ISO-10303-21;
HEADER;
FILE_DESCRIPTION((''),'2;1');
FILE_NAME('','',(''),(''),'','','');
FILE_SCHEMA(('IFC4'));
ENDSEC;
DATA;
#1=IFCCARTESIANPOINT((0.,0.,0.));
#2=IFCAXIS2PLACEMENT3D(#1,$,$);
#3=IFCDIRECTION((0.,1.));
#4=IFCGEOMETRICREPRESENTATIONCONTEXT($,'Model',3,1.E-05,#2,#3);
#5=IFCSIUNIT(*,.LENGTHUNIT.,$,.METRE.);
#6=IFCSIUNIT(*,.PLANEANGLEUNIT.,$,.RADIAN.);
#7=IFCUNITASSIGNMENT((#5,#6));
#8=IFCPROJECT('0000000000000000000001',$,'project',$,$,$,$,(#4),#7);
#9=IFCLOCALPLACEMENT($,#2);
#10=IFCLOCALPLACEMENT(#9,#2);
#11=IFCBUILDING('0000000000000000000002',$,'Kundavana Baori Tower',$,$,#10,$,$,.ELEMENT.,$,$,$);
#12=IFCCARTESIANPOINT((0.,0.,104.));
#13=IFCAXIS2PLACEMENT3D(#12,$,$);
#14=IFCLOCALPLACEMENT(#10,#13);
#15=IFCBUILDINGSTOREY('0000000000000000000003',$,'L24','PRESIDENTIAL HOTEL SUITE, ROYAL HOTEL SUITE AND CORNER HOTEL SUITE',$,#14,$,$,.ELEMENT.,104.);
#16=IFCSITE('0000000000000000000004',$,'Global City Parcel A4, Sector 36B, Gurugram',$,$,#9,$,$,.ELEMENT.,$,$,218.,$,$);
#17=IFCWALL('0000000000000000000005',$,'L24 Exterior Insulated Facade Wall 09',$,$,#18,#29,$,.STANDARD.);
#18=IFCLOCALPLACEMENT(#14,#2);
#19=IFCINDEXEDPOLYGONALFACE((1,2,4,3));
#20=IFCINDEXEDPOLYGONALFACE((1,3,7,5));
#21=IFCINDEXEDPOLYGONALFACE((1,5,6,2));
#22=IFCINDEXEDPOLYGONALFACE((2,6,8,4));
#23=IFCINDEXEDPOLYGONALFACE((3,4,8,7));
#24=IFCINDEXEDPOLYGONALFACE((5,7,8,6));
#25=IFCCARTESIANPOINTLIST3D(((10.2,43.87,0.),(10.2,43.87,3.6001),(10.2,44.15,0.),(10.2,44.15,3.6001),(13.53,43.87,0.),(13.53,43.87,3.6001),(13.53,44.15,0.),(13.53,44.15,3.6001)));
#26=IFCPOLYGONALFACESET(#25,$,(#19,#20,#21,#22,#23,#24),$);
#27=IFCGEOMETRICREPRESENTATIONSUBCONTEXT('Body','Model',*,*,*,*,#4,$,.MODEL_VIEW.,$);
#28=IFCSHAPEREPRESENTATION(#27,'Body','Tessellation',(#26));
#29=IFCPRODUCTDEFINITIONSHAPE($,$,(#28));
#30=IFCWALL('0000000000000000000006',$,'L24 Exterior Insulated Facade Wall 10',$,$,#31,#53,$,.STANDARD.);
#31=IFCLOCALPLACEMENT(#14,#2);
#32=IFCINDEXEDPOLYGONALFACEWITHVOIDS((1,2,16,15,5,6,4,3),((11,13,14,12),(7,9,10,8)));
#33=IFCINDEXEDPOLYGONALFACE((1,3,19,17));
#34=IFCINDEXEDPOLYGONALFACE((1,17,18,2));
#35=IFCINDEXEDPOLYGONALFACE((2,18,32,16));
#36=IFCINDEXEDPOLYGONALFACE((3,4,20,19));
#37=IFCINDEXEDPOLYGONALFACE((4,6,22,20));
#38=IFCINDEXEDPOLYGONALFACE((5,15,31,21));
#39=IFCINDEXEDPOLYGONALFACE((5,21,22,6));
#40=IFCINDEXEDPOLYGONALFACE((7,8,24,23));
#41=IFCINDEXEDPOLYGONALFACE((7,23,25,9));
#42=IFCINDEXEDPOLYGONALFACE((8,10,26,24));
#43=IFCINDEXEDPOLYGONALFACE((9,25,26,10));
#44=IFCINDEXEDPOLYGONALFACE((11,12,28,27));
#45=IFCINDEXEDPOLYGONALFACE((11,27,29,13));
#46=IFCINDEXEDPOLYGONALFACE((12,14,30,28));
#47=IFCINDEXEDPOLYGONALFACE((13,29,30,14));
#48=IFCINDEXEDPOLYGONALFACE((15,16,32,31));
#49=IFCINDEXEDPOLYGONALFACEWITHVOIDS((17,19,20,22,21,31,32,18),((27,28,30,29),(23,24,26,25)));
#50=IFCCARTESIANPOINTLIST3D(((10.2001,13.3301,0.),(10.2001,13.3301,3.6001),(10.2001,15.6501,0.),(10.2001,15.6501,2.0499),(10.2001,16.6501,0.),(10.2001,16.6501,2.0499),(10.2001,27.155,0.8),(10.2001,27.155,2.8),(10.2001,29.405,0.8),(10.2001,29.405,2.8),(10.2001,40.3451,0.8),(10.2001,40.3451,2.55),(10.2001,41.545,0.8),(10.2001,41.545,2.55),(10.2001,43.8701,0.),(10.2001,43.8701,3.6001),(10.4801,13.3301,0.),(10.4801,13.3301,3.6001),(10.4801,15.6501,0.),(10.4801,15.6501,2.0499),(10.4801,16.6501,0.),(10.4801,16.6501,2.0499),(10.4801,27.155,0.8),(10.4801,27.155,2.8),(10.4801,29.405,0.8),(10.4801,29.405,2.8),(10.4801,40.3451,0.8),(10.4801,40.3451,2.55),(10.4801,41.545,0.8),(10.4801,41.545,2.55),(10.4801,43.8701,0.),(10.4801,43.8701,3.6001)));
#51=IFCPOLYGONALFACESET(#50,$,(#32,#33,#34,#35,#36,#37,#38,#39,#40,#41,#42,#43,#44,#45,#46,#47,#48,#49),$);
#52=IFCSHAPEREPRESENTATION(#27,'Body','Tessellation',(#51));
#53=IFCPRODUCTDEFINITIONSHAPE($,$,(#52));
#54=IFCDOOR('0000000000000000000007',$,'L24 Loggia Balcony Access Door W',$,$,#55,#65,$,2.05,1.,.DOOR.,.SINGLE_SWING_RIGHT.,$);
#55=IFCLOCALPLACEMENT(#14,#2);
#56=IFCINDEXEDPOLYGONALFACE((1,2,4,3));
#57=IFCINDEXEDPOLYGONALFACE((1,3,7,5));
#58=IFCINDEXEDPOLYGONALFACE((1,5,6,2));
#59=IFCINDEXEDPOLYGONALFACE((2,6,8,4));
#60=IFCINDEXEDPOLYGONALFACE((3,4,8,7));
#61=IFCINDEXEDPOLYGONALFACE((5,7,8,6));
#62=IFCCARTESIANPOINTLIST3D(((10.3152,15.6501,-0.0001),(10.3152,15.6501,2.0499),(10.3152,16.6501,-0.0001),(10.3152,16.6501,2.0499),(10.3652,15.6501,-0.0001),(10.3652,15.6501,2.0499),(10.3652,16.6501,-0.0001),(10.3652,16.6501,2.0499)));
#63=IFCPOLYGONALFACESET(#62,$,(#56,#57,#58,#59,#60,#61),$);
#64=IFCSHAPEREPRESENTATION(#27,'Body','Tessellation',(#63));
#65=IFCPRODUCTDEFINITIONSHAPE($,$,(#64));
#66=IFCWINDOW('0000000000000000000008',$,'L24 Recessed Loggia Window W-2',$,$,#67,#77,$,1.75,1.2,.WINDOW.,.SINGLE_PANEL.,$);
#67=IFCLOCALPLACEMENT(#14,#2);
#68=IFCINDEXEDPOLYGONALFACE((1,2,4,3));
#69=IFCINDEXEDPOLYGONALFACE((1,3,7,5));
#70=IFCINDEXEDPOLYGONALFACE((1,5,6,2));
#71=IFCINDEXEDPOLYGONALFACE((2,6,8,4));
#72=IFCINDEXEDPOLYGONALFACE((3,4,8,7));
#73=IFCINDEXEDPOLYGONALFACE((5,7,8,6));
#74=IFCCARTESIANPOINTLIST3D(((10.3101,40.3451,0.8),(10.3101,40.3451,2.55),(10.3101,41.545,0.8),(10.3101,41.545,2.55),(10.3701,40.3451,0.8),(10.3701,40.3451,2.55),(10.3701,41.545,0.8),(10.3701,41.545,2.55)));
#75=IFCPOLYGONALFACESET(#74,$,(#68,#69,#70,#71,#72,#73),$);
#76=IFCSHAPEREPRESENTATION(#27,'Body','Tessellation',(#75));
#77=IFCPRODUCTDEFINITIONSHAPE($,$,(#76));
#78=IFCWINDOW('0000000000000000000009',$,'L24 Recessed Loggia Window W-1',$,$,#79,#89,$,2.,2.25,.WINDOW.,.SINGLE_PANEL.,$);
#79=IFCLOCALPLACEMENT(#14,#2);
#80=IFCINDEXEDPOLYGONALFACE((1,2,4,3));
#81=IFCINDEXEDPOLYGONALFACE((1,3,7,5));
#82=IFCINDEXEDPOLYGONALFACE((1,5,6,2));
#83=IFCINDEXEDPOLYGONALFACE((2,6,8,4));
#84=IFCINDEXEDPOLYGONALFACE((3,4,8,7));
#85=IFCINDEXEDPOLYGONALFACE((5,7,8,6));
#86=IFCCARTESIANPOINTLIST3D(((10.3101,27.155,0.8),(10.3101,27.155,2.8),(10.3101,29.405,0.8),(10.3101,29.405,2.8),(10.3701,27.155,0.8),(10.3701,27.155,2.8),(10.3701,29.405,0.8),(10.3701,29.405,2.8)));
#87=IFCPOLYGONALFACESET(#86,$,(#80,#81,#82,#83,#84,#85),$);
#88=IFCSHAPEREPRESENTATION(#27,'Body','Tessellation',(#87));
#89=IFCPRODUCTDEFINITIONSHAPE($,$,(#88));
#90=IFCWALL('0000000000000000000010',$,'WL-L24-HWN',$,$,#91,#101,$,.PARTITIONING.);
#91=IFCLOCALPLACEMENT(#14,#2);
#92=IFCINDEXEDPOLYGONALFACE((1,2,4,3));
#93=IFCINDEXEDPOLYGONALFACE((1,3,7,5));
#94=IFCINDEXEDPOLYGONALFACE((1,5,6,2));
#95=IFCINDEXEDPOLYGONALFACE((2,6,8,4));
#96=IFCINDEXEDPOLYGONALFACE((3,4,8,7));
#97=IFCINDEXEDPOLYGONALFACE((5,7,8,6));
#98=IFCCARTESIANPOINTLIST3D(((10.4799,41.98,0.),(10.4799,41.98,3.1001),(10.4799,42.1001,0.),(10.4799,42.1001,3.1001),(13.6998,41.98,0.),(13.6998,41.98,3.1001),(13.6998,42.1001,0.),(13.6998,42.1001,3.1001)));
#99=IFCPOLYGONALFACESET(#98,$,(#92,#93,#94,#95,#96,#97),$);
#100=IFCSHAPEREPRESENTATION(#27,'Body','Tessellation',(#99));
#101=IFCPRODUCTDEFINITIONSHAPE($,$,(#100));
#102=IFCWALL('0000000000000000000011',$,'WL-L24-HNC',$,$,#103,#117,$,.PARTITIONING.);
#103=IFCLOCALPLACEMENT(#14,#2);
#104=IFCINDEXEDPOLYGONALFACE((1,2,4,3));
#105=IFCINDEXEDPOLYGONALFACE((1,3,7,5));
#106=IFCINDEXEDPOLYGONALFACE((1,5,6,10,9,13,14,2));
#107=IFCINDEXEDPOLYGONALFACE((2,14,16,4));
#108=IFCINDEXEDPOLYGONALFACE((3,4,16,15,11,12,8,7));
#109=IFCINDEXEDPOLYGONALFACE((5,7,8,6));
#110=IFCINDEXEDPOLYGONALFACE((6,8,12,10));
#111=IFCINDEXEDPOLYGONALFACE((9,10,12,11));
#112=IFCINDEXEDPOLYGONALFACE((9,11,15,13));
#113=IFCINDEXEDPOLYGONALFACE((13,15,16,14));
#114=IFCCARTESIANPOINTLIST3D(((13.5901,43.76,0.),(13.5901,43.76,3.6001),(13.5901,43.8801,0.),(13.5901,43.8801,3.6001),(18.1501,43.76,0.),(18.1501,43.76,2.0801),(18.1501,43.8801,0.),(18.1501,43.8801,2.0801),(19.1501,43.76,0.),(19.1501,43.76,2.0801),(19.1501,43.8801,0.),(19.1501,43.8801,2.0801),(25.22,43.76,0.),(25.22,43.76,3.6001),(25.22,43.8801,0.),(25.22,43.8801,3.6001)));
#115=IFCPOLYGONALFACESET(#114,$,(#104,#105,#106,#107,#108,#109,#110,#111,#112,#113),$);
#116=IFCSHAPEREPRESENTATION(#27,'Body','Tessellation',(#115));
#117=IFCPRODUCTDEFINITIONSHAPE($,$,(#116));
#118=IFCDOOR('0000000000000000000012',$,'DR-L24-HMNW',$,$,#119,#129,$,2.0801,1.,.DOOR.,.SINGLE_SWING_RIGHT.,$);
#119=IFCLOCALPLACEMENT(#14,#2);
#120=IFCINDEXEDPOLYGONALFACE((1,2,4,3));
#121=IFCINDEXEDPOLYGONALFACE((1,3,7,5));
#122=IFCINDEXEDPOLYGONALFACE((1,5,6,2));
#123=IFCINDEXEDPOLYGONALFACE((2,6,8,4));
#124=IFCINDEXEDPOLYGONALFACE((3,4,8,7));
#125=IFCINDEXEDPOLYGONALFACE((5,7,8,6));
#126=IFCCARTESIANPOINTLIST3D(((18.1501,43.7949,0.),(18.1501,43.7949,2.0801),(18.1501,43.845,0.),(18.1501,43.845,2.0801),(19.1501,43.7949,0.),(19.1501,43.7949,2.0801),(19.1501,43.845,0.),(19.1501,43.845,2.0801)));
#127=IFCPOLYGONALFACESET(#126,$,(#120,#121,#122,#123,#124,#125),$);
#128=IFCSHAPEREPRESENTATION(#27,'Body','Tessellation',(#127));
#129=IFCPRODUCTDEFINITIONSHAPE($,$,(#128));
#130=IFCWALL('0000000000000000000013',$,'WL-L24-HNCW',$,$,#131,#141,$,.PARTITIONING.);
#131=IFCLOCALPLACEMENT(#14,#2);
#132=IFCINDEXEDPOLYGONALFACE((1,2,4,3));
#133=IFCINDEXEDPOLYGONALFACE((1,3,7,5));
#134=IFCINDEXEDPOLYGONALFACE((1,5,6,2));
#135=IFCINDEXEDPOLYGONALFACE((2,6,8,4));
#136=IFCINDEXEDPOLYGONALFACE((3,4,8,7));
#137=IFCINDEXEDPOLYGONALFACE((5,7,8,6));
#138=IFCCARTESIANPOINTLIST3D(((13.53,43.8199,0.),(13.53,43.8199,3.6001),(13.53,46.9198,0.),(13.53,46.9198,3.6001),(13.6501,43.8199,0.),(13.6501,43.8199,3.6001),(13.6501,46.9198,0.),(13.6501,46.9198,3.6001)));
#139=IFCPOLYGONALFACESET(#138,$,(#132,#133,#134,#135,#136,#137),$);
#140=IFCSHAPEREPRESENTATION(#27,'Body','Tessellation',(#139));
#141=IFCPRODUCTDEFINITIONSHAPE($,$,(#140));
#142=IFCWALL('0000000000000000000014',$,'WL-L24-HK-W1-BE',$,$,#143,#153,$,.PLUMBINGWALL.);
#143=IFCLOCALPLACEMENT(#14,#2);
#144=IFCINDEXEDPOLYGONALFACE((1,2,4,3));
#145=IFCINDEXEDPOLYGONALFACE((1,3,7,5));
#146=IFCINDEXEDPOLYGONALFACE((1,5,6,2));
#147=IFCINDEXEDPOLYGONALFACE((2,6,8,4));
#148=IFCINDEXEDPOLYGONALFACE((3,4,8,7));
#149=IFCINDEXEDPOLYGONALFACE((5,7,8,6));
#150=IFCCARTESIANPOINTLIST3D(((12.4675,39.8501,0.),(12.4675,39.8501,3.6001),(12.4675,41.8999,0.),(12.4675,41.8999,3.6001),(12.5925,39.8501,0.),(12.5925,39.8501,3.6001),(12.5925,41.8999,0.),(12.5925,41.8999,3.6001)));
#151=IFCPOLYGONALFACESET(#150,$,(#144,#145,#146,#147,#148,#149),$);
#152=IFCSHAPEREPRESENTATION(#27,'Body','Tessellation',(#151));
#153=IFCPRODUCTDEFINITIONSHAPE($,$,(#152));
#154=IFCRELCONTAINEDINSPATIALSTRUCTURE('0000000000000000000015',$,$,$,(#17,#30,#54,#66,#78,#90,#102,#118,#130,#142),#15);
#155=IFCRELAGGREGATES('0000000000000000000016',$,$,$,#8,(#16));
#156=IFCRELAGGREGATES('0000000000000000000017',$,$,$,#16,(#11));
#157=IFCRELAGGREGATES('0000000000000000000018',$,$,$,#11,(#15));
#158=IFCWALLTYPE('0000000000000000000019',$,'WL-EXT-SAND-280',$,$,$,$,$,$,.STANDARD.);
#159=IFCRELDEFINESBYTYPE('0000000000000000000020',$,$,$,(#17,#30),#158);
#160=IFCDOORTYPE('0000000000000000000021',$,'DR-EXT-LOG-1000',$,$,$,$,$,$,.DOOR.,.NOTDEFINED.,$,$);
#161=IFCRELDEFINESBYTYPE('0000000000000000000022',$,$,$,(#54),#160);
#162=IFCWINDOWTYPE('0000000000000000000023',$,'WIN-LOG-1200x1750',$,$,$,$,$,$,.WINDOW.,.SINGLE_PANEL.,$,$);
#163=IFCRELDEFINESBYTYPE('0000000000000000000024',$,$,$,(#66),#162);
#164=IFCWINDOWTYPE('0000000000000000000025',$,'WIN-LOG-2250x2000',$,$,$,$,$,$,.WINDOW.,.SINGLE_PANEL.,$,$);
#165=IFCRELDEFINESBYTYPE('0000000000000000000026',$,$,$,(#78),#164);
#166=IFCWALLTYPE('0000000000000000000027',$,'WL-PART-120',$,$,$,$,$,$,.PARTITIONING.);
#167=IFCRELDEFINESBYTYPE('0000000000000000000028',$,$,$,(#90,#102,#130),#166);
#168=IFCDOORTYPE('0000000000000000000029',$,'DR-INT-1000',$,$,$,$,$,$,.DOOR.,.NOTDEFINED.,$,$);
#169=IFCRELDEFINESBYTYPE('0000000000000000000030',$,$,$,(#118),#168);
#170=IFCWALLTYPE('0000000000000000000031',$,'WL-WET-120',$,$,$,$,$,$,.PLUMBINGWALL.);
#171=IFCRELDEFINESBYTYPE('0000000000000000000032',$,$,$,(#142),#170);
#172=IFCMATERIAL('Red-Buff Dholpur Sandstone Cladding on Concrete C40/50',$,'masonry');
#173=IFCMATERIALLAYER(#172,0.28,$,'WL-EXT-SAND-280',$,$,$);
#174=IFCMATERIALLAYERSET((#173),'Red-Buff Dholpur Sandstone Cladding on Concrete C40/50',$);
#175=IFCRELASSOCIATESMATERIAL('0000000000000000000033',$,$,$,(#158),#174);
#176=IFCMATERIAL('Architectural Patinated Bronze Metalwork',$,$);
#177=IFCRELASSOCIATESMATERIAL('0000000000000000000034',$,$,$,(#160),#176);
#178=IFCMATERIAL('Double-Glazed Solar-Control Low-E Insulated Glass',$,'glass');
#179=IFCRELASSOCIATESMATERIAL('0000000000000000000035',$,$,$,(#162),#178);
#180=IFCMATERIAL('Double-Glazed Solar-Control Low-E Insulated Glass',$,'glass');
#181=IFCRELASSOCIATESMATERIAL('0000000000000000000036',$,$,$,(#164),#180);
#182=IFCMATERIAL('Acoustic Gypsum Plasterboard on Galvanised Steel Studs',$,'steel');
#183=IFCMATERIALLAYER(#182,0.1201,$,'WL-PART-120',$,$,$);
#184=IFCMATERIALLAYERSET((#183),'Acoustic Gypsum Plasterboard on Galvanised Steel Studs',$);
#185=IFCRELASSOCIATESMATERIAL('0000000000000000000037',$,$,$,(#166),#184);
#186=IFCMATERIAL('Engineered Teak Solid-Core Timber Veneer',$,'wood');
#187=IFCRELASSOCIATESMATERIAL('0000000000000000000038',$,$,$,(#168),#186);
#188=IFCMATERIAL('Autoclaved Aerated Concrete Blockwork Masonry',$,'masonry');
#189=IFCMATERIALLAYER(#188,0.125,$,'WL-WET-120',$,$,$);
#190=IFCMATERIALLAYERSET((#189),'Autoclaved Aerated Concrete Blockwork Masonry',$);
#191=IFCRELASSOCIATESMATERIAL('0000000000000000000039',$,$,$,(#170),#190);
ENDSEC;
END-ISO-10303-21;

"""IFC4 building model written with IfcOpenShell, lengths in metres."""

from ifc_helpers import new_model, si_unit, direction, frame, frame_2d, origin, place, context, subcontext, project, spatial, rectangle, extrude, material, layer, layer_set, type_object, element, fill, save


model = new_model("IFC4")

# Units and contexts
model_context = context("Model", 3, precision=1e-05, world=origin(), true_north=direction((0.0, 1.0)))
body_context = subcontext(model_context, "Body", "Model", "MODEL_VIEW")
ifc_project = project(units=[si_unit("LENGTHUNIT", "METRE"), si_unit("PLANEANGLEUNIT", "RADIAN")], contexts=[model_context])

# Site, building, storey
site_placement = place(None, origin())
site = spatial("IfcSite", under=ifc_project, at=site_placement, Name="Global City Parcel A4, Sector 36B, Gurugram", CompositionType="ELEMENT", RefElevation=218.0)
building_placement = place(site_placement, origin())
building = spatial("IfcBuilding", under=site, at=building_placement, Name="Kundavana Baori Tower", CompositionType="ELEMENT")
storey_placement = place(building_placement, frame((0.0, 0.0, 104.0)))
storey = spatial("IfcBuildingStorey", under=building, at=storey_placement, Name="L24", Description="PRESIDENTIAL HOTEL SUITE, ROYAL HOTEL SUITE AND CORNER HOTEL SUITE", CompositionType="ELEMENT", Elevation=104.0)

# Wall
ifc_material_1 = material(Name="Red-Buff Dholpur Sandstone Cladding on Concrete C40/50", Category="masonry")
ifc_layer_1 = layer(ifc_material_1, 0.28, Name="WL-EXT-SAND-280")
ifc_layer_set_1 = layer_set([ifc_layer_1], Name="Red-Buff Dholpur Sandstone Cladding on Concrete C40/50")
wall_type_1 = type_object("IfcWallType", Name="WL-EXT-SAND-280", PredefinedType="STANDARD", material=ifc_layer_set_1)
wall_1_placement = place(storey_placement, frame((13.53, 44.01, 0.0), z_axis=(0.0, 0.0, 1.0), x_axis=(-1.0, 0.0, 0.0)))
element("IfcWall", 1, at=wall_1_placement, inside=storey, type_object=wall_type_1, Name="L24 Exterior Insulated Facade Wall 09", PredefinedType="STANDARD", context=body_context, shape_type="SweptSolid", body=[
    extrude(rectangle(XDim=3.3301, YDim=0.28, at=frame_2d((1.665, 0.0))), origin(), (0.0, 0.0, 1.0), 3.6001),
])

# Wall, openings, door, windows
wall_2_placement = place(storey_placement, frame((10.3401, 43.8701, 0.0), z_axis=(0.0, 0.0, 1.0), x_axis=(0.0, -1.0, 0.0)))
wall_2 = element("IfcWall", 2, at=wall_2_placement, inside=storey, type_object=wall_type_1, Name="L24 Exterior Insulated Facade Wall 10", PredefinedType="STANDARD", context=body_context, shape_type="SweptSolid", body=[
    extrude(rectangle(XDim=30.54, YDim=0.28, at=frame_2d((15.27, 0.0))), origin(), (0.0, 0.0, 1.0), 3.6001),
])
opening_1_placement = place(wall_2_placement, frame((27.22, 0.0, 0.0)))
opening_1 = element("IfcOpeningElement", 3, at=opening_1_placement, cuts=wall_2, PredefinedType="OPENING", context=body_context, shape_type="SweptSolid", body=[
    extrude(rectangle(XDim=1.0, YDim=2.05, at=frame_2d((0.5, 1.0249))), frame((0.0, 0.1499, 0.0), z_axis=(0.0, -1.0, 0.0), x_axis=(1.0, 0.0, 0.0)), (0.0, 0.0, 1.0), 0.3),
])
opening_2_placement = place(wall_2_placement, frame((14.4651, 0.0, 0.8)))
opening_2 = element("IfcOpeningElement", 4, at=opening_2_placement, cuts=wall_2, PredefinedType="OPENING", context=body_context, shape_type="SweptSolid", body=[
    extrude(rectangle(XDim=2.25, YDim=2.0, at=frame_2d((1.125, 1.0))), frame((0.0, 0.1499, 0.0), z_axis=(0.0, -1.0, 0.0), x_axis=(1.0, 0.0, 0.0)), (0.0, 0.0, 1.0), 0.3),
])
opening_3_placement = place(wall_2_placement, frame((2.325, 0.0, 0.8)))
opening_3 = element("IfcOpeningElement", 5, at=opening_3_placement, cuts=wall_2, PredefinedType="OPENING", context=body_context, shape_type="SweptSolid", body=[
    extrude(rectangle(XDim=1.2, YDim=1.75, at=frame_2d((0.6001, 0.875))), frame((0.0, 0.1499, 0.0), z_axis=(0.0, -1.0, 0.0), x_axis=(1.0, 0.0, 0.0)), (0.0, 0.0, 1.0), 0.3),
])
ifc_material_2 = material(Name="Architectural Patinated Bronze Metalwork")
door_type_1 = type_object("IfcDoorType", Name="DR-EXT-LOG-1000", OperationType="NOTDEFINED", PredefinedType="DOOR", material=ifc_material_2)
door_1_placement = place(opening_1_placement, frame((1.0, 0.0, 0.0), z_axis=(0.0, 0.0, 1.0), x_axis=(-1.0, 0.0, 0.0)))
door_1 = element("IfcDoor", 6, at=door_1_placement, inside=storey, type_object=door_type_1, Name="L24 Loggia Balcony Access Door W", OperationType="SINGLE_SWING_RIGHT", OverallHeight=2.05, OverallWidth=1.0, PredefinedType="DOOR", context=body_context, shape_type="SweptSolid", body=[
    extrude(rectangle(XDim=1.0, YDim=2.05, at=frame_2d((0.5, 1.0249))), frame((0.0, 0.0249, 0.0), z_axis=(0.0, -1.0, 0.0), x_axis=(1.0, 0.0, 0.0)), (0.0, 0.0, 1.0), 0.05),
])
fill(opening_1, door_1)
ifc_material_3 = material(Name="Double-Glazed Solar-Control Low-E Insulated Glass", Category="glass")
window_type_1 = type_object("IfcWindowType", Name="WIN-LOG-1200x1750", PartitioningType="SINGLE_PANEL", PredefinedType="WINDOW", material=ifc_material_3)
window_1_placement = place(opening_3_placement, origin())
window_1 = element("IfcWindow", 7, at=window_1_placement, inside=storey, type_object=window_type_1, Name="L24 Recessed Loggia Window W-2", OverallHeight=1.75, OverallWidth=1.2, PartitioningType="SINGLE_PANEL", PredefinedType="WINDOW", context=body_context, shape_type="SweptSolid", body=[
    extrude(rectangle(XDim=1.2, YDim=1.75, at=frame_2d((0.6001, 0.875))), frame((0.0, 0.03, 0.0), z_axis=(0.0, -1.0, 0.0), x_axis=(1.0, 0.0, 0.0)), (0.0, 0.0, 1.0), 0.0601),
])
fill(opening_3, window_1)
ifc_material_4 = material(Name="Double-Glazed Solar-Control Low-E Insulated Glass", Category="glass")
window_type_2 = type_object("IfcWindowType", Name="WIN-LOG-2250x2000", PartitioningType="SINGLE_PANEL", PredefinedType="WINDOW", material=ifc_material_4)
window_2_placement = place(opening_2_placement, origin())
window_2 = element("IfcWindow", 8, at=window_2_placement, inside=storey, type_object=window_type_2, Name="L24 Recessed Loggia Window W-1", OverallHeight=2.0, OverallWidth=2.25, PartitioningType="SINGLE_PANEL", PredefinedType="WINDOW", context=body_context, shape_type="SweptSolid", body=[
    extrude(rectangle(XDim=2.25, YDim=2.0, at=frame_2d((1.125, 1.0))), frame((0.0, 0.03, 0.0), z_axis=(0.0, -1.0, 0.0), x_axis=(1.0, 0.0, 0.0)), (0.0, 0.0, 1.0), 0.0601),
])
fill(opening_2, window_2)

# Wall
ifc_material_5 = material(Name="Acoustic Gypsum Plasterboard on Galvanised Steel Studs", Category="steel")
ifc_layer_2 = layer(ifc_material_5, 0.1201, Name="WL-PART-120")
ifc_layer_set_2 = layer_set([ifc_layer_2], Name="Acoustic Gypsum Plasterboard on Galvanised Steel Studs")
wall_type_2 = type_object("IfcWallType", Name="WL-PART-120", PredefinedType="PARTITIONING", material=ifc_layer_set_2)
wall_3_placement = place(storey_placement, frame((10.48, 42.04, 0.0), z_axis=(0.0, 0.0, 1.0), x_axis=(1.0, 0.0, 0.0)))
element("IfcWall", 9, at=wall_3_placement, inside=storey, type_object=wall_type_2, Name="WL-L24-HWN", PredefinedType="PARTITIONING", context=body_context, shape_type="SweptSolid", body=[
    extrude(rectangle(XDim=3.22, YDim=0.1201, at=frame_2d((1.6099, 0.0))), origin(), (0.0, 0.0, 1.0), 3.1001),
])

# Wall, opening, door
wall_4_placement = place(storey_placement, frame((13.5901, 43.8201, 0.0), z_axis=(0.0, 0.0, 1.0), x_axis=(1.0, 0.0, 0.0)))
wall_4 = element("IfcWall", 10, at=wall_4_placement, inside=storey, type_object=wall_type_2, Name="WL-L24-HNC", PredefinedType="PARTITIONING", context=body_context, shape_type="SweptSolid", body=[
    extrude(rectangle(XDim=11.6299, YDim=0.1201, at=frame_2d((5.8149, 0.0))), origin(), (0.0, 0.0, 1.0), 3.6001),
])
opening_4_placement = place(wall_4_placement, frame((4.5601, 0.0, 0.0)))
opening_4 = element("IfcOpeningElement", 11, at=opening_4_placement, cuts=wall_4, PredefinedType="OPENING", context=body_context, shape_type="SweptSolid", body=[
    extrude(rectangle(XDim=1.0, YDim=2.0801, at=frame_2d((0.5, 1.04))), frame((0.0, 0.0701, 0.0), z_axis=(0.0, -1.0, 0.0), x_axis=(1.0, 0.0, 0.0)), (0.0, 0.0, 1.0), 0.1401),
])
ifc_material_6 = material(Name="Engineered Teak Solid-Core Timber Veneer", Category="wood")
door_type_2 = type_object("IfcDoorType", Name="DR-INT-1000", OperationType="NOTDEFINED", PredefinedType="DOOR", material=ifc_material_6)
door_2_placement = place(opening_4_placement, origin())
door_2 = element("IfcDoor", 12, at=door_2_placement, inside=storey, type_object=door_type_2, Name="DR-L24-HMNW", OperationType="SINGLE_SWING_RIGHT", OverallHeight=2.0801, OverallWidth=1.0, PredefinedType="DOOR", context=body_context, shape_type="SweptSolid", body=[
    extrude(rectangle(XDim=1.0, YDim=2.0801, at=frame_2d((0.5, 1.04))), frame((0.0, 0.0249, 0.0), z_axis=(0.0, -1.0, 0.0), x_axis=(1.0, 0.0, 0.0)), (0.0, 0.0, 1.0), 0.05),
])
fill(opening_4, door_2)

# Walls
wall_5_placement = place(storey_placement, frame((13.5901, 43.8201, 0.0), z_axis=(0.0, 0.0, 1.0), x_axis=(0.0, 1.0, 0.0)))
element("IfcWall", 13, at=wall_5_placement, inside=storey, type_object=wall_type_2, Name="WL-L24-HNCW", PredefinedType="PARTITIONING", context=body_context, shape_type="SweptSolid", body=[
    extrude(rectangle(XDim=3.0999, YDim=0.1201, at=frame_2d((1.5498, 0.0))), origin(), (0.0, 0.0, 1.0), 3.6001),
])
ifc_material_7 = material(Name="Autoclaved Aerated Concrete Blockwork Masonry", Category="masonry")
ifc_layer_3 = layer(ifc_material_7, 0.125, Name="WL-WET-120")
ifc_layer_set_3 = layer_set([ifc_layer_3], Name="Autoclaved Aerated Concrete Blockwork Masonry")
wall_type_3 = type_object("IfcWallType", Name="WL-WET-120", PredefinedType="PLUMBINGWALL", material=ifc_layer_set_3)
wall_6_placement = place(storey_placement, frame((12.53, 39.8501, 0.0), z_axis=(0.0, 0.0, 1.0), x_axis=(0.0, 1.0, 0.0)))
element("IfcWall", 14, at=wall_6_placement, inside=storey, type_object=wall_type_3, Name="WL-L24-HK-W1-BE", PredefinedType="PLUMBINGWALL", context=body_context, shape_type="SweptSolid", body=[
    extrude(rectangle(XDim=2.0498, YDim=0.125, at=frame_2d((1.0249, 0.0))), origin(), (0.0, 0.0, 1.0), 3.6001),
])

save(model, "model.ifc")
